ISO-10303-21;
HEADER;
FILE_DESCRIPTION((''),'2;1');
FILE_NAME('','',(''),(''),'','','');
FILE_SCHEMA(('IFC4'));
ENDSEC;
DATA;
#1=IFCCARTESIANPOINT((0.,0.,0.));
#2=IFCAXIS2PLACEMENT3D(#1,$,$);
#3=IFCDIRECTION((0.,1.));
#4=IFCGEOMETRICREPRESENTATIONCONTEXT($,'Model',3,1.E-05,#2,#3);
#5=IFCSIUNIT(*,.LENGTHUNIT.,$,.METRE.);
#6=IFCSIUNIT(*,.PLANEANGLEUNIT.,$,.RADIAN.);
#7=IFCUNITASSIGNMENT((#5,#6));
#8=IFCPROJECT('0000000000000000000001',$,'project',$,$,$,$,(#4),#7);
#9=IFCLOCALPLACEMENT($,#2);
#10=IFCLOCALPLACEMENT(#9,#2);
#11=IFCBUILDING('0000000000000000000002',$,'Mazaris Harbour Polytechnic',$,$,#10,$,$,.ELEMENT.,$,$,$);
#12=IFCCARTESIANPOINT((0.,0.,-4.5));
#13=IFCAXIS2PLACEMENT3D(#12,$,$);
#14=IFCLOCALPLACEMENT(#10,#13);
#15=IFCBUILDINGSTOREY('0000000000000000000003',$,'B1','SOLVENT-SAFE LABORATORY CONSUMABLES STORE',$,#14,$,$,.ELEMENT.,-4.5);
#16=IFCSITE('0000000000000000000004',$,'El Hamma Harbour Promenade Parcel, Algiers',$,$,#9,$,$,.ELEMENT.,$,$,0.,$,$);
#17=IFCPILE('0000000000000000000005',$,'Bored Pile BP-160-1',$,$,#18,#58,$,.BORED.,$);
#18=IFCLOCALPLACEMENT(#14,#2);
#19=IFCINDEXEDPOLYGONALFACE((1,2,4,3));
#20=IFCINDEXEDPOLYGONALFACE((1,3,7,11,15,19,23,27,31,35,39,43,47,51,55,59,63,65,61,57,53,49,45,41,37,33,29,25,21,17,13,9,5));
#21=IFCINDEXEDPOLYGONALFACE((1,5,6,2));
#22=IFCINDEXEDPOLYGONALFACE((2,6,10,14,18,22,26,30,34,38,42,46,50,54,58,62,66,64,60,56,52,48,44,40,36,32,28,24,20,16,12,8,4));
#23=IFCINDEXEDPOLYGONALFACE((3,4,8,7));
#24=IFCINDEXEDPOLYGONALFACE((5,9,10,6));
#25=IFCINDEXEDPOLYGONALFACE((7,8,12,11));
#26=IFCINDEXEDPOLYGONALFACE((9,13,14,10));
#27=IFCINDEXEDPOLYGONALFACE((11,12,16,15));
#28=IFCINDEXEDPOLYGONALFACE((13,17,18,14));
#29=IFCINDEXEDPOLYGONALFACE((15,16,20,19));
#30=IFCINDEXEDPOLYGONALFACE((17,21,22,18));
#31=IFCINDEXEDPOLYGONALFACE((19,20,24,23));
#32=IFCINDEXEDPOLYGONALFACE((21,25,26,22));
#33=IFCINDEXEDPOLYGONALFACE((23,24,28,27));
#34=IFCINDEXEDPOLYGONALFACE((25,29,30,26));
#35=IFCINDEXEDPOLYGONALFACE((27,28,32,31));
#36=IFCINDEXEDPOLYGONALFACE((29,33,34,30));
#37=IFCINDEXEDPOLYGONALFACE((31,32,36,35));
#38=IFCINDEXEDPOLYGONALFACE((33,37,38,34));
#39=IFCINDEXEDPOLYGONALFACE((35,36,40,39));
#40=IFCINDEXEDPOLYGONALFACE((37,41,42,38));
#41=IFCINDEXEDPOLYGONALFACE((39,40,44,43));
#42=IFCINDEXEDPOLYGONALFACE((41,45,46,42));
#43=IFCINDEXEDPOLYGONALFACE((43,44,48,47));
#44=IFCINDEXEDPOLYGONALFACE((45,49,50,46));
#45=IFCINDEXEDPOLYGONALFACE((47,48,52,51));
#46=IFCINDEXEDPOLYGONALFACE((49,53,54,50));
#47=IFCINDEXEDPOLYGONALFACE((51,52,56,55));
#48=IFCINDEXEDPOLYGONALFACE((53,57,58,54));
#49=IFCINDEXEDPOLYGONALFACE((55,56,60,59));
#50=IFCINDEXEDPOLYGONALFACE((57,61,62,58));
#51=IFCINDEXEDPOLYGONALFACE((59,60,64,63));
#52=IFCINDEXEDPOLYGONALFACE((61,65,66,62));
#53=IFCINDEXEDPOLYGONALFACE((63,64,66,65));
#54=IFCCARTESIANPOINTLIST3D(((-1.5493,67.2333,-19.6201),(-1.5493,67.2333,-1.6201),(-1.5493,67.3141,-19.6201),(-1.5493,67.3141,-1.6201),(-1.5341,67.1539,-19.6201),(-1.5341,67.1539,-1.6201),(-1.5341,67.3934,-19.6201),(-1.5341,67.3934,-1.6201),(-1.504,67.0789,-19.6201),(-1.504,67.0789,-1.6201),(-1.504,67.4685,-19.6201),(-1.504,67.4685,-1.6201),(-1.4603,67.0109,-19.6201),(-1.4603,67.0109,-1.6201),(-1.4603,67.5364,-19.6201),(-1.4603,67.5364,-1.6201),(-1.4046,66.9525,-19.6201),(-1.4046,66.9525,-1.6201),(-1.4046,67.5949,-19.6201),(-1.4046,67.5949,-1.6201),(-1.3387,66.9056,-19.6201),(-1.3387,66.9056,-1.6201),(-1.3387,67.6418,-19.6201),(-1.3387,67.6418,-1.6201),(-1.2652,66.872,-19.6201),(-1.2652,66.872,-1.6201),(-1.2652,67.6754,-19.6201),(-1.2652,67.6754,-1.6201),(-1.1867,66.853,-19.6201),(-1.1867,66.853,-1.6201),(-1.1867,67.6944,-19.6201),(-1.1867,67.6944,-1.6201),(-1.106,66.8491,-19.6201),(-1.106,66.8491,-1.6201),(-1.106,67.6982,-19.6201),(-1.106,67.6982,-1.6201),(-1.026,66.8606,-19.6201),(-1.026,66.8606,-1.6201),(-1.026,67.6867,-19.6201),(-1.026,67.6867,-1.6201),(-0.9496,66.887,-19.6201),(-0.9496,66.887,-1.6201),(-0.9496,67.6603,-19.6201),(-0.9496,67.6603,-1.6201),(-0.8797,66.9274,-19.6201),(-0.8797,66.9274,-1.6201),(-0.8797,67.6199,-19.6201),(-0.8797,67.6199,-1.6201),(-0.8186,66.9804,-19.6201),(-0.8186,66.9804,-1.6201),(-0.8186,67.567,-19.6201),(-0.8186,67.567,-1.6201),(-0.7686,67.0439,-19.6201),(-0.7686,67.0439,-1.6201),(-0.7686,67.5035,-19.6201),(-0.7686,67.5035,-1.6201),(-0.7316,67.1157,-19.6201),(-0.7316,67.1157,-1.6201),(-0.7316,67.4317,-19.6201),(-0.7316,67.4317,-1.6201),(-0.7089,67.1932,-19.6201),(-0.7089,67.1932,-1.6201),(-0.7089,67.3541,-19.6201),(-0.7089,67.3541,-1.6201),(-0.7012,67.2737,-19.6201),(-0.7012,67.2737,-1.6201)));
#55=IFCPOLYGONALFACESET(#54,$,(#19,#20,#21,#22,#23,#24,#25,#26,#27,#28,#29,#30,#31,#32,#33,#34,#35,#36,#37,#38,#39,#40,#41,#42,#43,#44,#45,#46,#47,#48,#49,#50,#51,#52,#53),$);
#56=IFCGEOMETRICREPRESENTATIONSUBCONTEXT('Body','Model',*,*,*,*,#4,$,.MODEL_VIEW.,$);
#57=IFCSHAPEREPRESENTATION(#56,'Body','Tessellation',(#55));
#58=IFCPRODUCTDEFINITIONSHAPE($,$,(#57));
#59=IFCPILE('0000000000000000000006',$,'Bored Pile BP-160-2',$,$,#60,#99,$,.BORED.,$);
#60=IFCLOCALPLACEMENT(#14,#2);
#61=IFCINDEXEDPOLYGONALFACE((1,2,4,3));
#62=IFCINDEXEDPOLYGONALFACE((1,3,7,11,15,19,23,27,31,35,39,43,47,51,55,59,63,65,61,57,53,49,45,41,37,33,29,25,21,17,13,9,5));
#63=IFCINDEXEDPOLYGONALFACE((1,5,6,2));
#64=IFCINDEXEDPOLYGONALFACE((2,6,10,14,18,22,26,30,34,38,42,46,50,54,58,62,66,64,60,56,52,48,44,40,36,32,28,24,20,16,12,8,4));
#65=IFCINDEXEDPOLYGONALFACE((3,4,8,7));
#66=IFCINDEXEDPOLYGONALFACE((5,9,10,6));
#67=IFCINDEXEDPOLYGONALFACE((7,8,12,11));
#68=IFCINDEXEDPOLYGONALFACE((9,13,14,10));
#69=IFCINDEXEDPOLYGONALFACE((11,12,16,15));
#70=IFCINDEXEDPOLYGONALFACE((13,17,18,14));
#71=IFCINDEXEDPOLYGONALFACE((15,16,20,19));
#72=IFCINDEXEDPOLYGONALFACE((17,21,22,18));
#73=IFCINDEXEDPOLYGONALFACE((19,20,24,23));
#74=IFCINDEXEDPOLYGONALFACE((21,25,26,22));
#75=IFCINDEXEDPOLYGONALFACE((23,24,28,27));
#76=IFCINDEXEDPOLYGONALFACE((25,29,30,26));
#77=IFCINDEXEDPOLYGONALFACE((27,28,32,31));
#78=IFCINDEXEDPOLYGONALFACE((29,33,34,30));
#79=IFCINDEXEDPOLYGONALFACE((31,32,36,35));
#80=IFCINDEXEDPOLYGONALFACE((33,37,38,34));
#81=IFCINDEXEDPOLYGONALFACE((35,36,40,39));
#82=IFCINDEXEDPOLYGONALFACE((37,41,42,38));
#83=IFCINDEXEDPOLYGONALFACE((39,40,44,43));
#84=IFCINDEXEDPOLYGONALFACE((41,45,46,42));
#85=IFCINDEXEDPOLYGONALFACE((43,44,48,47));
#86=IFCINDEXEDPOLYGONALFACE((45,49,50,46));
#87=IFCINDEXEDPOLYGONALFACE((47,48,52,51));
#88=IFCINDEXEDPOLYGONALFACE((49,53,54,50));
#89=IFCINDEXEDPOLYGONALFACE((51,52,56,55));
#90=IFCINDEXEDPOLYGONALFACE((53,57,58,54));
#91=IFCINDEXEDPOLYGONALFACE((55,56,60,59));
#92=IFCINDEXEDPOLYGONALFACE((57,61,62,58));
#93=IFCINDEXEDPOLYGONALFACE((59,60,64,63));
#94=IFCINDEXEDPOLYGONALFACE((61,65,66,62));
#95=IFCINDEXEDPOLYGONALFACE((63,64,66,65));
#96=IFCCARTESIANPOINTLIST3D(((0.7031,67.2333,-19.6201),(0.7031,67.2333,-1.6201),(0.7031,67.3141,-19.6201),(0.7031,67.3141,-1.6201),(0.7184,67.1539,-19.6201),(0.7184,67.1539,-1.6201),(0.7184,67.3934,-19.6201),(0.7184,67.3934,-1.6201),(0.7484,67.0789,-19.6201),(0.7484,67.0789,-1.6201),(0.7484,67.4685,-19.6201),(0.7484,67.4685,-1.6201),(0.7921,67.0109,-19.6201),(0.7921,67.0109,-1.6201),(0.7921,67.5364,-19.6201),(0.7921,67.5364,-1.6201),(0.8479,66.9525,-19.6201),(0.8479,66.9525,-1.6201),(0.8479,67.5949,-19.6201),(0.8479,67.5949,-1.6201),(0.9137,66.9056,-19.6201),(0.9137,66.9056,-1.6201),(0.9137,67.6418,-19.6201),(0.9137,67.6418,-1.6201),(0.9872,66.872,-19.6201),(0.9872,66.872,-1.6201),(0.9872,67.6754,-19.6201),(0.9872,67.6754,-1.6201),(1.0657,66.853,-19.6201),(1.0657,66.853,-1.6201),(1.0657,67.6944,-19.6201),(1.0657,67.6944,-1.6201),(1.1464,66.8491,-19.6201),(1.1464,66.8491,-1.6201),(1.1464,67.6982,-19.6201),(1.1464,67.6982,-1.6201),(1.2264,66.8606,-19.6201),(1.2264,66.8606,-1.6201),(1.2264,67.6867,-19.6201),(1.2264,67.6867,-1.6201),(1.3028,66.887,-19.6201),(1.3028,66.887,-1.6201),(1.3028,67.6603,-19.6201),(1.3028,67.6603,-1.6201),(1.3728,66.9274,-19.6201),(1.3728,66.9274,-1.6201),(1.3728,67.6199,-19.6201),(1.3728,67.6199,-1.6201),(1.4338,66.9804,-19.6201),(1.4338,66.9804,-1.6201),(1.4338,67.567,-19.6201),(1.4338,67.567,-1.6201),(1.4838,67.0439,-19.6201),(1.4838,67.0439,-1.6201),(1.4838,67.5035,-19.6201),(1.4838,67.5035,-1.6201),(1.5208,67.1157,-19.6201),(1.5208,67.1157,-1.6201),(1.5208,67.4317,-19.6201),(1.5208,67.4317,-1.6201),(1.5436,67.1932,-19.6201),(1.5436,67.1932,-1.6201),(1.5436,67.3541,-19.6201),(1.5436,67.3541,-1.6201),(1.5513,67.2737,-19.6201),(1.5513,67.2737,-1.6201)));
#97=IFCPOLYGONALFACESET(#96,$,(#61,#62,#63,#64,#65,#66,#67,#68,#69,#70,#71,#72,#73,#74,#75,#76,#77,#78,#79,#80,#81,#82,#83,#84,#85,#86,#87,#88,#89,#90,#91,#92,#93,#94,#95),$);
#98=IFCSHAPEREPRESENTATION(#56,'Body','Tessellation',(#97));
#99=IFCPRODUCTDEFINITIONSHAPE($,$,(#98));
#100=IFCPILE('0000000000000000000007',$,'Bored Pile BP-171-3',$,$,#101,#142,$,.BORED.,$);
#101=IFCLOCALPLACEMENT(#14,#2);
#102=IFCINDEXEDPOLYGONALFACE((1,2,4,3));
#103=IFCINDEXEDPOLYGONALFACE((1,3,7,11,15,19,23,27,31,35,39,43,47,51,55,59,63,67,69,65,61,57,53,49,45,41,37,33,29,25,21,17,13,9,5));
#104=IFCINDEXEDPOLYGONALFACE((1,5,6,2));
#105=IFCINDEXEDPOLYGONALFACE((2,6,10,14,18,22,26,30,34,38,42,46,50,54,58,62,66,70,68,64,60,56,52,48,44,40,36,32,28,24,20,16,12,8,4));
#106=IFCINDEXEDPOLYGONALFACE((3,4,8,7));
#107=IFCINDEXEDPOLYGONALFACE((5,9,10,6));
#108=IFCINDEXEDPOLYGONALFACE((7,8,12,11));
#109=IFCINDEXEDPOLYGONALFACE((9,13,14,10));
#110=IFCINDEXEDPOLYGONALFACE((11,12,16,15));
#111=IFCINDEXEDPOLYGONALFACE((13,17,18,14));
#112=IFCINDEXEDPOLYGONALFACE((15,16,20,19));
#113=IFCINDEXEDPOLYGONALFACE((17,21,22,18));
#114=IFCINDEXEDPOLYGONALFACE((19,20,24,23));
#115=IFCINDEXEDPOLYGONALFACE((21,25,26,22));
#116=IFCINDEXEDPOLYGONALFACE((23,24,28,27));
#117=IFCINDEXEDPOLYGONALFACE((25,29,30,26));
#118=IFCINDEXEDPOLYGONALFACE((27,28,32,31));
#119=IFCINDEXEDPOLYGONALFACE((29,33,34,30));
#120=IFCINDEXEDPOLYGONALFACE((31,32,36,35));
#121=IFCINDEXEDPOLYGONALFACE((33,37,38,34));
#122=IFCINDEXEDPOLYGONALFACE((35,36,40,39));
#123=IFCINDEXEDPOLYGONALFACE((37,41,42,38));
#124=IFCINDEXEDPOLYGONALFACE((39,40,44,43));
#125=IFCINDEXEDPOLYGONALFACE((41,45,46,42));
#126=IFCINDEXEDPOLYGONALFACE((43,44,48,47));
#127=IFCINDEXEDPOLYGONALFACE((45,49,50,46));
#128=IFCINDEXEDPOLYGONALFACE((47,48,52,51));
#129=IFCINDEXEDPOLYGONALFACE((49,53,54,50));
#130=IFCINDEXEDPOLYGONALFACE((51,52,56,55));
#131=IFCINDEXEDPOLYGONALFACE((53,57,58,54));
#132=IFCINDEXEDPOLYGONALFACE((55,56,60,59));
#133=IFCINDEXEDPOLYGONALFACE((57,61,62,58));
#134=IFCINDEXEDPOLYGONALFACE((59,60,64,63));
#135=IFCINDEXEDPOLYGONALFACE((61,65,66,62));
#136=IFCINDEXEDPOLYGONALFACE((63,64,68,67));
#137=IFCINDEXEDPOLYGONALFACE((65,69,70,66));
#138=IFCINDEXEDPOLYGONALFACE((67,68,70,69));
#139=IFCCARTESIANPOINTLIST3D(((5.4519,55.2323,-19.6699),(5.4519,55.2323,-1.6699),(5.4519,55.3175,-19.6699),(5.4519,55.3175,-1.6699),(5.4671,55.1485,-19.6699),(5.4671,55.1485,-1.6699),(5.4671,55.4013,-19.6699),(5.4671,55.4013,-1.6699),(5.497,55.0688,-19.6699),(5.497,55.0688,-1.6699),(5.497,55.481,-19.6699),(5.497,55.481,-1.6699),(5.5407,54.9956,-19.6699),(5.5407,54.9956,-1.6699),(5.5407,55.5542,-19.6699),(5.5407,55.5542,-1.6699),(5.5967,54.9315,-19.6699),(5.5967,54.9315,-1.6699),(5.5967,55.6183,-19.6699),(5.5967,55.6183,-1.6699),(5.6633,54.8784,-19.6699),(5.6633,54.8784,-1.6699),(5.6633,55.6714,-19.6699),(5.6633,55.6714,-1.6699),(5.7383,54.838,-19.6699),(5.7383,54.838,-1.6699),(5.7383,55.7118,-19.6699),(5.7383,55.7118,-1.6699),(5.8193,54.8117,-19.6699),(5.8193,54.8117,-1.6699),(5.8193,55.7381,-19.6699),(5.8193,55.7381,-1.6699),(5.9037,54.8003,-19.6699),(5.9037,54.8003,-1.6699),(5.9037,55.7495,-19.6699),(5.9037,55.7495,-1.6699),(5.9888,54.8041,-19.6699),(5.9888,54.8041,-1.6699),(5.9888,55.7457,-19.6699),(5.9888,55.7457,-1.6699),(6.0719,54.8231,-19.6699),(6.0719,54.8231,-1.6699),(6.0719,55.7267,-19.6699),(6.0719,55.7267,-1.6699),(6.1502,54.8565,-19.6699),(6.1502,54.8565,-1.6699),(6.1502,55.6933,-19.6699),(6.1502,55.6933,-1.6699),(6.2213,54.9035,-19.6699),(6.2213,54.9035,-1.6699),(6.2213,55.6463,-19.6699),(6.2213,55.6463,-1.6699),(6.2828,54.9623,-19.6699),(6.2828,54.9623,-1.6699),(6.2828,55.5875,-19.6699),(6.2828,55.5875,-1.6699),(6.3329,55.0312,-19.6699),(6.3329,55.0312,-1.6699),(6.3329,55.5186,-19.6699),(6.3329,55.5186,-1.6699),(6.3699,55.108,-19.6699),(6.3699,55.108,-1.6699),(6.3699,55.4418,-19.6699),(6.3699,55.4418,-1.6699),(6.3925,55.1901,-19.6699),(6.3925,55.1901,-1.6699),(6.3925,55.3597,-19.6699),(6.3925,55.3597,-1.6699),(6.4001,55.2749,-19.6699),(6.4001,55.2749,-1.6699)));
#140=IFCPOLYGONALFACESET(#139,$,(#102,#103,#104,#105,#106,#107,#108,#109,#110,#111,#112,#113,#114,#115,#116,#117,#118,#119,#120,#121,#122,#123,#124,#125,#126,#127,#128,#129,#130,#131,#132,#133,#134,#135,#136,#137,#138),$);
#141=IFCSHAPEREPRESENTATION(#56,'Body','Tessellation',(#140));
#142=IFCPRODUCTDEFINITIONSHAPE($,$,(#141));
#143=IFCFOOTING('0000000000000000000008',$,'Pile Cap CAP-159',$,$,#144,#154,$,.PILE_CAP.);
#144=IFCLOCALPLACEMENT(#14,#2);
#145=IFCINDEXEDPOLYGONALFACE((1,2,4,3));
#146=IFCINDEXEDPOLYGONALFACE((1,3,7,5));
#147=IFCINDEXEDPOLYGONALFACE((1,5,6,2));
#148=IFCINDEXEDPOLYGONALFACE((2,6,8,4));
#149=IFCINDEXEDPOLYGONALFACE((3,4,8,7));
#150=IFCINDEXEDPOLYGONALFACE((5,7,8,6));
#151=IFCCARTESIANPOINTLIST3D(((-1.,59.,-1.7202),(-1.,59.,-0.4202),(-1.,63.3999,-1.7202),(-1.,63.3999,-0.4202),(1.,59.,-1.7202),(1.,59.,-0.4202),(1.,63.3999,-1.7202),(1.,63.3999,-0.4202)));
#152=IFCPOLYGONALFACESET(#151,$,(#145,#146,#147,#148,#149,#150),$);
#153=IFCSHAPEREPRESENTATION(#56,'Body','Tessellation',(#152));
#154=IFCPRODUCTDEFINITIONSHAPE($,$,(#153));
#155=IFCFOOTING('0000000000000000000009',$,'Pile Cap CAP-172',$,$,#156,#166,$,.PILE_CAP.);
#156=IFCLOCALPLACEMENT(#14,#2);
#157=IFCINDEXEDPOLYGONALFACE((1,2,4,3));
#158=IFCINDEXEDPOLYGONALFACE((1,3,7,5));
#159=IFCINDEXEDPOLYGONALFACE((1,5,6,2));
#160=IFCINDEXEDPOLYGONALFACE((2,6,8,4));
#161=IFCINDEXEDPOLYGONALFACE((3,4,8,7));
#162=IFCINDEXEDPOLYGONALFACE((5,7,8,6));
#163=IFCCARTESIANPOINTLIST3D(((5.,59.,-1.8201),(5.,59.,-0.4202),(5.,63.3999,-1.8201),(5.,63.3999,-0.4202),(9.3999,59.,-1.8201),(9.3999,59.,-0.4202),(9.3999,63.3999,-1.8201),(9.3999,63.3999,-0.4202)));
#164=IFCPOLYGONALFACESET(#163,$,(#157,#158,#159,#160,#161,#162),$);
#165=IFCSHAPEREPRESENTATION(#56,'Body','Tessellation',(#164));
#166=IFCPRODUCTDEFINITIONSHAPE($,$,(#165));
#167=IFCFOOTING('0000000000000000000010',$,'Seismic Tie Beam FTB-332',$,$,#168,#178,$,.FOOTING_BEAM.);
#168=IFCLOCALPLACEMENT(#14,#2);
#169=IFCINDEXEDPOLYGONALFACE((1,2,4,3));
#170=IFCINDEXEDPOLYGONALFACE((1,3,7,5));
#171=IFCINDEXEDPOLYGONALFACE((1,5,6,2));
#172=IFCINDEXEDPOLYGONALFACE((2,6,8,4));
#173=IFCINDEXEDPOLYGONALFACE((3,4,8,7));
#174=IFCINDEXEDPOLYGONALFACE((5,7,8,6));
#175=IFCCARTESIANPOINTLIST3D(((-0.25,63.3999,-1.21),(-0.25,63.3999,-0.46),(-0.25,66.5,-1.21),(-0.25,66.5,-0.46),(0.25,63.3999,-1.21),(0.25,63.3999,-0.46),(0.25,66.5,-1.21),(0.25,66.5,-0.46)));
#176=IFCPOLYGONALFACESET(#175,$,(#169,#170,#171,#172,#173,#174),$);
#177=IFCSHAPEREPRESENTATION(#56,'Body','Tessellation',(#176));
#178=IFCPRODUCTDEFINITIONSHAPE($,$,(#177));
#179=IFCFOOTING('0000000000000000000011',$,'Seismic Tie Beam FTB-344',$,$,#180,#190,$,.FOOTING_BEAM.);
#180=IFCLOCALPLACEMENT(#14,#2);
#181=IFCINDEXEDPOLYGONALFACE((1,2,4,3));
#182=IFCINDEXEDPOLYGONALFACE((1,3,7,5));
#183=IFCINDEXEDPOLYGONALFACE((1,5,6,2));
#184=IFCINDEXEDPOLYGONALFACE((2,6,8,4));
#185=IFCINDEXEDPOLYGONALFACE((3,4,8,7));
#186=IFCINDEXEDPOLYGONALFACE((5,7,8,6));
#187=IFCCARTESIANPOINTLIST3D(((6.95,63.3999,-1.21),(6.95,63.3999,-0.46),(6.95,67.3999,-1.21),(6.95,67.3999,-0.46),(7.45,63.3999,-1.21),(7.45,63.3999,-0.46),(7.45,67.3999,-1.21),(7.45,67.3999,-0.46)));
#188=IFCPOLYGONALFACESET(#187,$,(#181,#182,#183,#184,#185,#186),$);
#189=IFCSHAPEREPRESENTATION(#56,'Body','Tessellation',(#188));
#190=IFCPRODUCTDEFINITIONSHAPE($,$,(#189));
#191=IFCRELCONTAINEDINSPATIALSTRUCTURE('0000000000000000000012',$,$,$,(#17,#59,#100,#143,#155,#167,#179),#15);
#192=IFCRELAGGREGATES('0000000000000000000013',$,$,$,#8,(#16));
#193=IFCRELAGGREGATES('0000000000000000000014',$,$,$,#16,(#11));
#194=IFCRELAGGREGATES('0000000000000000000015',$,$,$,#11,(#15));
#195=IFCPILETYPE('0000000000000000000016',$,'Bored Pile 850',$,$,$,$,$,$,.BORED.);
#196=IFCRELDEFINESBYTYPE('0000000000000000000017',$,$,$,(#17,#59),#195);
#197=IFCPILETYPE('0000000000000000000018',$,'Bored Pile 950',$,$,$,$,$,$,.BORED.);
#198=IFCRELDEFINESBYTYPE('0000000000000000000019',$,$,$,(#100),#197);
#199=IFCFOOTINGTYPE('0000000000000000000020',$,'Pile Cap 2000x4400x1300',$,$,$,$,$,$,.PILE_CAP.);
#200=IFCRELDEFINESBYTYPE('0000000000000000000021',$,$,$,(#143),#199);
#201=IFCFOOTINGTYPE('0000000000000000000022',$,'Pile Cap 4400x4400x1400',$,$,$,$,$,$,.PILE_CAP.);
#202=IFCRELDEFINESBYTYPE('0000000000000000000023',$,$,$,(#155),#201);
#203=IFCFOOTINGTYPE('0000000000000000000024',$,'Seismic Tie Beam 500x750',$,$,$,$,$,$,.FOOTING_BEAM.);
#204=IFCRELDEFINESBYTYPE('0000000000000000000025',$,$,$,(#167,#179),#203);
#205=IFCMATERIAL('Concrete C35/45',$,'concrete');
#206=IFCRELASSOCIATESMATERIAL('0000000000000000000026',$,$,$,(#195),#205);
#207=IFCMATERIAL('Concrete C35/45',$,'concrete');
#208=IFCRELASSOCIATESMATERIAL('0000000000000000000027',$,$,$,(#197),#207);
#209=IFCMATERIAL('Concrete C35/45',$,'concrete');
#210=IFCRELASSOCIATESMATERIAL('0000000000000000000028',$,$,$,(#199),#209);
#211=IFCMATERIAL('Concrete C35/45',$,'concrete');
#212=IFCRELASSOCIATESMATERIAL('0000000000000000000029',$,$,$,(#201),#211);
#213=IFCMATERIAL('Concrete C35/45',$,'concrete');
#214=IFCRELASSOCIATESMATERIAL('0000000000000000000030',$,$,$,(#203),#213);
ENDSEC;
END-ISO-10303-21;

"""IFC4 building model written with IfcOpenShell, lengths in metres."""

from ifc_helpers import new_model, si_unit, direction, frame, origin, origin_2d, place, context, subcontext, project, spatial, rectangle, circle, extrude, material, material_profile, profile_set, type_object, element, save


model = new_model("IFC4")

# Units and contexts
model_context = context("Model", 3, precision=1e-05, world=origin(), true_north=direction((0.0, 1.0)))
body_context = subcontext(model_context, "Body", "Model", "MODEL_VIEW")
ifc_project = project(units=[si_unit("LENGTHUNIT", "METRE"), si_unit("PLANEANGLEUNIT", "RADIAN")], contexts=[model_context])

# Site, building, storey
site_placement = place(None, origin())
site = spatial("IfcSite", under=ifc_project, at=site_placement, Name="El Hamma Harbour Promenade Parcel, Algiers", CompositionType="ELEMENT", RefElevation=0.0)
building_placement = place(site_placement, origin())
building = spatial("IfcBuilding", under=site, at=building_placement, Name="Mazaris Harbour Polytechnic", CompositionType="ELEMENT")
storey_placement = place(building_placement, frame((0.0, 0.0, -4.5)))
storey = spatial("IfcBuildingStorey", under=building, at=storey_placement, Name="B1", Description="SOLVENT-SAFE LABORATORY CONSUMABLES STORE", CompositionType="ELEMENT", Elevation=-4.5)

# Piles
ifc_material_1 = material(Name="Concrete C35/45", Category="concrete")
ifc_material_profile_1 = material_profile(ifc_material_1, circle(Radius=0.425, at=origin_2d()), Name="DIA850")
ifc_profile_set_1 = profile_set([ifc_material_profile_1], Name="Concrete C35/45")
pile_type_1 = type_object("IfcPileType", Name="Bored Pile 850", PredefinedType="BORED", material=ifc_profile_set_1)
for number, where, z_axis, x_axis, name in (
    (1, (-1.1262, 67.2737, -1.6201), (0.0, 0.0, -1.0), (1.0, 0.0, 0.0), "Bored Pile BP-160-1"),
    (2, (1.1262, 67.2737, -1.6201), (0.0, 0.0, -1.0), (1.0, 0.0, 0.0), "Bored Pile BP-160-2"),
):
    element("IfcPile", number, at=place(storey_placement, frame(where, z_axis=z_axis, x_axis=x_axis)), inside=storey, type_object=pile_type_1, Name=name, PredefinedType="BORED", context=body_context, shape_type="SweptSolid", body=[
        extrude(circle(Radius=0.425, at=origin_2d()), origin(), (0.0, 0.0, 1.0), 18.0),
    ])
ifc_material_2 = material(Name="Concrete C35/45", Category="concrete")
ifc_material_profile_2 = material_profile(ifc_material_2, circle(Radius=0.4751, at=origin_2d()), Name="DIA950")
ifc_profile_set_2 = profile_set([ifc_material_profile_2], Name="Concrete C35/45")
pile_type_2 = type_object("IfcPileType", Name="Bored Pile 950", PredefinedType="BORED", material=ifc_profile_set_2)
pile_placement = place(storey_placement, frame((5.925, 55.2749, -1.6699), z_axis=(0.0, 0.0, -1.0), x_axis=(1.0, 0.0, 0.0)))
element("IfcPile", 3, at=pile_placement, inside=storey, type_object=pile_type_2, Name="Bored Pile BP-171-3", PredefinedType="BORED", context=body_context, shape_type="SweptSolid", body=[
    extrude(circle(Radius=0.4751, at=origin_2d()), origin(), (0.0, 0.0, 1.0), 18.0),
])

# Footings
ifc_material_3 = material(Name="Concrete C35/45", Category="concrete")
footing_type_1 = type_object("IfcFootingType", Name="Pile Cap 2000x4400x1300", PredefinedType="PILE_CAP", material=ifc_material_3)
footing_1_placement = place(storey_placement, frame((0.0, 61.2, -1.7202), z_axis=(0.0, 0.0, 1.0), x_axis=(1.0, 0.0, 0.0)))
element("IfcFooting", 4, at=footing_1_placement, inside=storey, type_object=footing_type_1, Name="Pile Cap CAP-159", PredefinedType="PILE_CAP", context=body_context, shape_type="SweptSolid", body=[
    extrude(rectangle(XDim=2.0, YDim=4.3999, at=origin_2d()), origin(), (0.0, 0.0, 1.0), 1.3),
])
ifc_material_4 = material(Name="Concrete C35/45", Category="concrete")
footing_type_2 = type_object("IfcFootingType", Name="Pile Cap 4400x4400x1400", PredefinedType="PILE_CAP", material=ifc_material_4)
footing_2_placement = place(storey_placement, frame((7.2, 61.2, -1.8201), z_axis=(0.0, 0.0, 1.0), x_axis=(1.0, 0.0, 0.0)))
element("IfcFooting", 5, at=footing_2_placement, inside=storey, type_object=footing_type_2, Name="Pile Cap CAP-172", PredefinedType="PILE_CAP", context=body_context, shape_type="SweptSolid", body=[
    extrude(rectangle(XDim=4.3999, YDim=4.3999, at=origin_2d()), origin(), (0.0, 0.0, 1.0), 1.3999),
])
ifc_material_5 = material(Name="Concrete C35/45", Category="concrete")
ifc_material_profile_3 = material_profile(ifc_material_5, rectangle(XDim=0.5, YDim=0.75, at=origin_2d()), Name="RECT500x750")
ifc_profile_set_3 = profile_set([ifc_material_profile_3], Name="Concrete C35/45")
footing_type_3 = type_object("IfcFootingType", Name="Seismic Tie Beam 500x750", PredefinedType="FOOTING_BEAM", material=ifc_profile_set_3)
footing_3_placement = place(storey_placement, frame((0.0, 63.3999, -0.835), z_axis=(0.0, 1.0, 0.0), x_axis=(-1.0, 0.0, 0.0)))
element("IfcFooting", 6, at=footing_3_placement, inside=storey, type_object=footing_type_3, Name="Seismic Tie Beam FTB-332", PredefinedType="FOOTING_BEAM", context=body_context, shape_type="SweptSolid", body=[
    extrude(rectangle(XDim=0.5, YDim=0.75, at=origin_2d()), origin(), (0.0, 0.0, 1.0), 3.1001),
])
footing_4_placement = place(storey_placement, frame((7.2, 63.3999, -0.835), z_axis=(0.0, 1.0, 0.0), x_axis=(-1.0, 0.0, 0.0)))
element("IfcFooting", 7, at=footing_4_placement, inside=storey, type_object=footing_type_3, Name="Seismic Tie Beam FTB-344", PredefinedType="FOOTING_BEAM", context=body_context, shape_type="SweptSolid", body=[
    extrude(rectangle(XDim=0.5, YDim=0.75, at=origin_2d()), origin(), (0.0, 0.0, 1.0), 4.0),
])

save(model, "model.ifc")
